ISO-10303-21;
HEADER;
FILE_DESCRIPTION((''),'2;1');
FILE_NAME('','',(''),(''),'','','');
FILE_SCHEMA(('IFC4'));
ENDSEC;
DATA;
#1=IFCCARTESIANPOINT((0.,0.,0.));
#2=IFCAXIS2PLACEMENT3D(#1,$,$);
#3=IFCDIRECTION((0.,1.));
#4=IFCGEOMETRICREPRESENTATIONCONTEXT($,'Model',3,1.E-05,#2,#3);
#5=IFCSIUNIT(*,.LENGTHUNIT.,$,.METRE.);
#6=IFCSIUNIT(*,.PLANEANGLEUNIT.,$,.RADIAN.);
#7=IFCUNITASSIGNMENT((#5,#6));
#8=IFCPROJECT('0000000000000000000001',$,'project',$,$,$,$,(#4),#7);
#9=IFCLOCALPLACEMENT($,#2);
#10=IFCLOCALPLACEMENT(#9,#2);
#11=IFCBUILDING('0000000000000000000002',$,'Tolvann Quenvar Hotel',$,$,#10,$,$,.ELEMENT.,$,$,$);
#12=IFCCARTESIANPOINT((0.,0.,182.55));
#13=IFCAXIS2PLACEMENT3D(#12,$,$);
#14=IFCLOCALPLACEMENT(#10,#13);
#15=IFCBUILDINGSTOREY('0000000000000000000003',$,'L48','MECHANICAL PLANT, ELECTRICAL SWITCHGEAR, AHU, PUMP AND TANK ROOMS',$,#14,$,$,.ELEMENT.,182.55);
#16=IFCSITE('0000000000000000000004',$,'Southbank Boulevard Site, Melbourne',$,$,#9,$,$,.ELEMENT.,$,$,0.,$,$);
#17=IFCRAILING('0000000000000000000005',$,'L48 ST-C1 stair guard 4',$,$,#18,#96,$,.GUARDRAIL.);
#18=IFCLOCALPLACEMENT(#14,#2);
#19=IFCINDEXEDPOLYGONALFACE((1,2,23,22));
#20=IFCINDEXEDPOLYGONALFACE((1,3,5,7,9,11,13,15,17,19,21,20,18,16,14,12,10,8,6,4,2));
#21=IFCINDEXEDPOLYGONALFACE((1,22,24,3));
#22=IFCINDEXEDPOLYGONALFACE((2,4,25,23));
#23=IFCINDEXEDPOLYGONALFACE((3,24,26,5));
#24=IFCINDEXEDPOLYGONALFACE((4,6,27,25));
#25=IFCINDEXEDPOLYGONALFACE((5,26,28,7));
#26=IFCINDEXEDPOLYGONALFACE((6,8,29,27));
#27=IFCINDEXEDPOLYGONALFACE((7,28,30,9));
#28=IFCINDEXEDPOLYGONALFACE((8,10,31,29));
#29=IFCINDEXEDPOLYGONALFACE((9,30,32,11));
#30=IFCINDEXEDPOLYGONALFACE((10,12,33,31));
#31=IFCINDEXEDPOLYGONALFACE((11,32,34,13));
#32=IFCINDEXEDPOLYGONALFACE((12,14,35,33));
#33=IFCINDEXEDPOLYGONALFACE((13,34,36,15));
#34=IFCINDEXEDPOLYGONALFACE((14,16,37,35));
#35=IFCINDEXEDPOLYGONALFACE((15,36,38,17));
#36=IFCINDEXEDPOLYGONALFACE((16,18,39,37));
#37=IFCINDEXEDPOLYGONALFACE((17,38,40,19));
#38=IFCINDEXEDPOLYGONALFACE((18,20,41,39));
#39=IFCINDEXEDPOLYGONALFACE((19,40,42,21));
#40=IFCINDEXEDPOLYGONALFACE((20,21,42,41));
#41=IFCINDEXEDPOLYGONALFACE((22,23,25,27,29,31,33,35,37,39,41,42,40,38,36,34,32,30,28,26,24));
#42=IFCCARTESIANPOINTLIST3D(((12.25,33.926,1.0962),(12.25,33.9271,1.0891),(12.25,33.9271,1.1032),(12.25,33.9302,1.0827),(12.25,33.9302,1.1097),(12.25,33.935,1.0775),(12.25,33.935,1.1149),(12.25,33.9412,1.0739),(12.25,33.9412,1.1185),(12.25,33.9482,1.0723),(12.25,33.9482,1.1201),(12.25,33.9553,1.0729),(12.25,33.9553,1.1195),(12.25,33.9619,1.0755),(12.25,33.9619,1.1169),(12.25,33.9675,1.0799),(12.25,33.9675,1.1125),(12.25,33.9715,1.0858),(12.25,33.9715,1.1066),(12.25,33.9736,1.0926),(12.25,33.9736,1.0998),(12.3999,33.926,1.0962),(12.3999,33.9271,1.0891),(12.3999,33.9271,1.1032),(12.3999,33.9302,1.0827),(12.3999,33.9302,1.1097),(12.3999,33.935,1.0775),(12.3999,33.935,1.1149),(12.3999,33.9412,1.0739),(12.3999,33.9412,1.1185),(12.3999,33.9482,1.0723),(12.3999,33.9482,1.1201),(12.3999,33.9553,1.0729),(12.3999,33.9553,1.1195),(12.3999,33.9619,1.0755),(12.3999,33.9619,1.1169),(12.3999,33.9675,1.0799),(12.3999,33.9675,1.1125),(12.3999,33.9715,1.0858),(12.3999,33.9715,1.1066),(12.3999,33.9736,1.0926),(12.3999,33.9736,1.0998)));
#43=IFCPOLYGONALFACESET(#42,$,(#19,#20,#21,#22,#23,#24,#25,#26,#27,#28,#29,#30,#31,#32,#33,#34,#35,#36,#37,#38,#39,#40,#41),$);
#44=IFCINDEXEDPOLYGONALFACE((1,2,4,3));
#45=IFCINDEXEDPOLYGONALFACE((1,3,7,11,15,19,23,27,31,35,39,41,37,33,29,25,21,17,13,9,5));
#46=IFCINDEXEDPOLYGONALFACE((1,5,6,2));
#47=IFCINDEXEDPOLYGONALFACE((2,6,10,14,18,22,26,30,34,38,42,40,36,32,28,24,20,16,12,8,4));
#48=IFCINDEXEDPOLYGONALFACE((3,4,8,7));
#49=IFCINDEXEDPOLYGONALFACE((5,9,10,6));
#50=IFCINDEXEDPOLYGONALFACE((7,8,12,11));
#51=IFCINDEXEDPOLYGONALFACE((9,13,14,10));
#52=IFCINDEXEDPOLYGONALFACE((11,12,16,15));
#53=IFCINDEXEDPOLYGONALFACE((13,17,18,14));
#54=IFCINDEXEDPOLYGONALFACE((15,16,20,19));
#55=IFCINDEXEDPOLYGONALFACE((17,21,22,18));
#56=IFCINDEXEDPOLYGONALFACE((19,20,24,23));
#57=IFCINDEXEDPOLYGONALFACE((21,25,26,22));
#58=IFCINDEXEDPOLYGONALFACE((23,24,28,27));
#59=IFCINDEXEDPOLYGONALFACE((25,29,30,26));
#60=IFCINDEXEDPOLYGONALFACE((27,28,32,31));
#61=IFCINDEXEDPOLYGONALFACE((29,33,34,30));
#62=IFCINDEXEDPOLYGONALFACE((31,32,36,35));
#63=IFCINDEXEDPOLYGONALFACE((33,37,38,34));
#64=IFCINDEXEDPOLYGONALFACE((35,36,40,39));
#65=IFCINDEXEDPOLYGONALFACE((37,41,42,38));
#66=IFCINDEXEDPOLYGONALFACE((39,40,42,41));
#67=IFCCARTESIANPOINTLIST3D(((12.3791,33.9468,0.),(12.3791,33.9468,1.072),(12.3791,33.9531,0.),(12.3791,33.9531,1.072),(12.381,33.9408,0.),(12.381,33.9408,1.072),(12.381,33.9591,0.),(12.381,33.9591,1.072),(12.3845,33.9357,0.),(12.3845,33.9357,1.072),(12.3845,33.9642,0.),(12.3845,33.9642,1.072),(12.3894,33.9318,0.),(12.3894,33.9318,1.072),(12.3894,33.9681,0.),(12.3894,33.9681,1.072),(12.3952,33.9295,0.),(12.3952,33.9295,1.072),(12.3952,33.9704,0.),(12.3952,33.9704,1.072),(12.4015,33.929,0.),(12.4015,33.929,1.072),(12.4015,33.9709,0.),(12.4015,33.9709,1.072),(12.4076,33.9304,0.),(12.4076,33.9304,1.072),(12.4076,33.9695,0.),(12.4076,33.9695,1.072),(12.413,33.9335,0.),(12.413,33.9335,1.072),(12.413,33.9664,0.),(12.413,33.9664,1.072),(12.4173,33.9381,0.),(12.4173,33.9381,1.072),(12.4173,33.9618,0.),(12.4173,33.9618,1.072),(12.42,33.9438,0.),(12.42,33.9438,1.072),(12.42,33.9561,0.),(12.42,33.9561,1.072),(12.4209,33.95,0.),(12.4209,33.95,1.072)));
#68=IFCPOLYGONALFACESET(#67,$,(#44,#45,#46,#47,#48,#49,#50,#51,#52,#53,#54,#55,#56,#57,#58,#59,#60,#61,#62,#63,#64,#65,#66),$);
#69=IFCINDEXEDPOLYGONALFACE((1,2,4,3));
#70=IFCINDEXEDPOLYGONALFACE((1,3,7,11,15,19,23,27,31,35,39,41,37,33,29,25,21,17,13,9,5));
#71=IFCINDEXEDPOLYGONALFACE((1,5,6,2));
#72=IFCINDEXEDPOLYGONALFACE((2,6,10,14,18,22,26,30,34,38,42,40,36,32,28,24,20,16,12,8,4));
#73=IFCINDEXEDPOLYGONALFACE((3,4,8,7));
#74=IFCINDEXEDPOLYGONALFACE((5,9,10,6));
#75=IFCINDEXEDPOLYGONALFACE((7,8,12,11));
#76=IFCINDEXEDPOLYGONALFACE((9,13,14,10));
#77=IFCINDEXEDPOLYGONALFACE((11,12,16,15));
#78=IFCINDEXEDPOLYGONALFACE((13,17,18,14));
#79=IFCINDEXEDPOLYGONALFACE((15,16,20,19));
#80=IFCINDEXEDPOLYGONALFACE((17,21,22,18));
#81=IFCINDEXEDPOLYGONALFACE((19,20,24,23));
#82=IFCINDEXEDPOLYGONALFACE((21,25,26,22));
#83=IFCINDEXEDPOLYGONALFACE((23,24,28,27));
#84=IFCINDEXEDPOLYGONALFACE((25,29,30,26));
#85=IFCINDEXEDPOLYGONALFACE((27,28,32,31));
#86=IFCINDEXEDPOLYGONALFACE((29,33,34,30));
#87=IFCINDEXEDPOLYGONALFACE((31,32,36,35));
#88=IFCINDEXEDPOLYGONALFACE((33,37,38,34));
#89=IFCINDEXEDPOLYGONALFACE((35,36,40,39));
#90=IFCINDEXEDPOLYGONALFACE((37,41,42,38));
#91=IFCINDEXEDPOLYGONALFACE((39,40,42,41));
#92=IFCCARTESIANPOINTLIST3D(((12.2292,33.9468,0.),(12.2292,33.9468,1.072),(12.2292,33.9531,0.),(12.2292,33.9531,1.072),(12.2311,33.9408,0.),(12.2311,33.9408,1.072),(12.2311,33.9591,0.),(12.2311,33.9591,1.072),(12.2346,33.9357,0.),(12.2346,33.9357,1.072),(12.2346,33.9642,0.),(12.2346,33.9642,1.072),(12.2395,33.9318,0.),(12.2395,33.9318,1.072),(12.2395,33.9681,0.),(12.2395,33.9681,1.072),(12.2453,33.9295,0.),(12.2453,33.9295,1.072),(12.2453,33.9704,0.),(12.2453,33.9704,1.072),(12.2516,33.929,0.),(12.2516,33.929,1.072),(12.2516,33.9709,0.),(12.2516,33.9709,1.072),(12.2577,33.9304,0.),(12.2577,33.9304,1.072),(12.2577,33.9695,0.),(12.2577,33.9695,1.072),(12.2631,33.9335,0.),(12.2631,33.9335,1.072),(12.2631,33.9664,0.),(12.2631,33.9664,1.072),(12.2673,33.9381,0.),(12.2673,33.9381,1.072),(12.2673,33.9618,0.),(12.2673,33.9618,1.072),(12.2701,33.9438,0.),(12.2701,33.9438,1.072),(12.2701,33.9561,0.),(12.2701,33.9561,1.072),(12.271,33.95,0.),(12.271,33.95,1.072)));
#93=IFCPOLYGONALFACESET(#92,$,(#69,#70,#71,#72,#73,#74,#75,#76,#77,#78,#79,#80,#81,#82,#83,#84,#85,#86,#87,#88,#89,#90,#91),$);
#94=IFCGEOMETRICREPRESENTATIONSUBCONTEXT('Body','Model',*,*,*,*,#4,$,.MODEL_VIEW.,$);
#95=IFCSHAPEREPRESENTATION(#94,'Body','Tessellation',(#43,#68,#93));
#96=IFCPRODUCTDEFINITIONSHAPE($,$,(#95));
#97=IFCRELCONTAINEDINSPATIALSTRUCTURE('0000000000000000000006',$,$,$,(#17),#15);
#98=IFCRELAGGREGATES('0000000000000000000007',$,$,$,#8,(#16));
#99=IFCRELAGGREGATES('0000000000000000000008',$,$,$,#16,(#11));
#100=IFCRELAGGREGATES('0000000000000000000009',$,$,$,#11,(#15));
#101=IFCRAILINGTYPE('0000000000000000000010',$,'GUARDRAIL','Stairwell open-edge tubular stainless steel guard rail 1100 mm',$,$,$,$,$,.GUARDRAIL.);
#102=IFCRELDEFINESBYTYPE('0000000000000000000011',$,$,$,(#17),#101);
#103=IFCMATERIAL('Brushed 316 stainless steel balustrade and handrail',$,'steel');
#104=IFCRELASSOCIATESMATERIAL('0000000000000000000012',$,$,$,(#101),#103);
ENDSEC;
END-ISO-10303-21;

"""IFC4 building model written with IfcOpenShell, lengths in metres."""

from ifc_helpers import new_model, si_unit, direction, frame, origin, origin_2d, place, context, subcontext, project, spatial, circle, extrude, material, type_object, element, save


model = new_model("IFC4")

# Units and contexts
model_context = context("Model", 3, precision=1e-05, world=origin(), true_north=direction((0.0, 1.0)))
body_context = subcontext(model_context, "Body", "Model", "MODEL_VIEW")
ifc_project = project(units=[si_unit("LENGTHUNIT", "METRE"), si_unit("PLANEANGLEUNIT", "RADIAN")], contexts=[model_context])

# Site, building, storey
site_placement = place(None, origin())
site = spatial("IfcSite", under=ifc_project, at=site_placement, Name="Southbank Boulevard Site, Melbourne", CompositionType="ELEMENT", RefElevation=0.0)
building_placement = place(site_placement, origin())
building = spatial("IfcBuilding", under=site, at=building_placement, Name="Tolvann Quenvar Hotel", CompositionType="ELEMENT")
storey_placement = place(building_placement, frame((0.0, 0.0, 182.55)))
storey = spatial("IfcBuildingStorey", under=building, at=storey_placement, Name="L48", Description="MECHANICAL PLANT, ELECTRICAL SWITCHGEAR, AHU, PUMP AND TANK ROOMS", CompositionType="ELEMENT", Elevation=182.55)

# Railing
ifc_material_1 = material(Name="Brushed 316 stainless steel balustrade and handrail", Category="steel")
railing_type_1 = type_object("IfcRailingType", Name="GUARDRAIL", Description="Stairwell open-edge tubular stainless steel guard rail 1100 mm", PredefinedType="GUARDRAIL", material=ifc_material_1)
railing_1_placement = place(storey_placement, frame((12.3999, 33.95, 0.0)))
element("IfcRailing", 1, at=railing_1_placement, inside=storey, type_object=railing_type_1, Name="L48 ST-C1 stair guard 4", PredefinedType="GUARDRAIL", context=body_context, shape_type="SweptSolid", body=[
    extrude(circle(Radius=0.0239, at=origin_2d()), frame((0.0, 0.0, 1.0962), z_axis=(-1.0, 0.0, 0.0), x_axis=(0.0, -1.0, 0.0)), (0.0, 0.0, 1.0), 0.1499),
    extrude(circle(Radius=0.021, at=origin_2d()), origin(), (0.0, 0.0, 1.0), 1.072),
    extrude(circle(Radius=0.021, at=origin_2d()), frame((-0.1499, 0.0, 0.0)), (0.0, 0.0, 1.0), 1.072),
])

save(model, "model.ifc")
